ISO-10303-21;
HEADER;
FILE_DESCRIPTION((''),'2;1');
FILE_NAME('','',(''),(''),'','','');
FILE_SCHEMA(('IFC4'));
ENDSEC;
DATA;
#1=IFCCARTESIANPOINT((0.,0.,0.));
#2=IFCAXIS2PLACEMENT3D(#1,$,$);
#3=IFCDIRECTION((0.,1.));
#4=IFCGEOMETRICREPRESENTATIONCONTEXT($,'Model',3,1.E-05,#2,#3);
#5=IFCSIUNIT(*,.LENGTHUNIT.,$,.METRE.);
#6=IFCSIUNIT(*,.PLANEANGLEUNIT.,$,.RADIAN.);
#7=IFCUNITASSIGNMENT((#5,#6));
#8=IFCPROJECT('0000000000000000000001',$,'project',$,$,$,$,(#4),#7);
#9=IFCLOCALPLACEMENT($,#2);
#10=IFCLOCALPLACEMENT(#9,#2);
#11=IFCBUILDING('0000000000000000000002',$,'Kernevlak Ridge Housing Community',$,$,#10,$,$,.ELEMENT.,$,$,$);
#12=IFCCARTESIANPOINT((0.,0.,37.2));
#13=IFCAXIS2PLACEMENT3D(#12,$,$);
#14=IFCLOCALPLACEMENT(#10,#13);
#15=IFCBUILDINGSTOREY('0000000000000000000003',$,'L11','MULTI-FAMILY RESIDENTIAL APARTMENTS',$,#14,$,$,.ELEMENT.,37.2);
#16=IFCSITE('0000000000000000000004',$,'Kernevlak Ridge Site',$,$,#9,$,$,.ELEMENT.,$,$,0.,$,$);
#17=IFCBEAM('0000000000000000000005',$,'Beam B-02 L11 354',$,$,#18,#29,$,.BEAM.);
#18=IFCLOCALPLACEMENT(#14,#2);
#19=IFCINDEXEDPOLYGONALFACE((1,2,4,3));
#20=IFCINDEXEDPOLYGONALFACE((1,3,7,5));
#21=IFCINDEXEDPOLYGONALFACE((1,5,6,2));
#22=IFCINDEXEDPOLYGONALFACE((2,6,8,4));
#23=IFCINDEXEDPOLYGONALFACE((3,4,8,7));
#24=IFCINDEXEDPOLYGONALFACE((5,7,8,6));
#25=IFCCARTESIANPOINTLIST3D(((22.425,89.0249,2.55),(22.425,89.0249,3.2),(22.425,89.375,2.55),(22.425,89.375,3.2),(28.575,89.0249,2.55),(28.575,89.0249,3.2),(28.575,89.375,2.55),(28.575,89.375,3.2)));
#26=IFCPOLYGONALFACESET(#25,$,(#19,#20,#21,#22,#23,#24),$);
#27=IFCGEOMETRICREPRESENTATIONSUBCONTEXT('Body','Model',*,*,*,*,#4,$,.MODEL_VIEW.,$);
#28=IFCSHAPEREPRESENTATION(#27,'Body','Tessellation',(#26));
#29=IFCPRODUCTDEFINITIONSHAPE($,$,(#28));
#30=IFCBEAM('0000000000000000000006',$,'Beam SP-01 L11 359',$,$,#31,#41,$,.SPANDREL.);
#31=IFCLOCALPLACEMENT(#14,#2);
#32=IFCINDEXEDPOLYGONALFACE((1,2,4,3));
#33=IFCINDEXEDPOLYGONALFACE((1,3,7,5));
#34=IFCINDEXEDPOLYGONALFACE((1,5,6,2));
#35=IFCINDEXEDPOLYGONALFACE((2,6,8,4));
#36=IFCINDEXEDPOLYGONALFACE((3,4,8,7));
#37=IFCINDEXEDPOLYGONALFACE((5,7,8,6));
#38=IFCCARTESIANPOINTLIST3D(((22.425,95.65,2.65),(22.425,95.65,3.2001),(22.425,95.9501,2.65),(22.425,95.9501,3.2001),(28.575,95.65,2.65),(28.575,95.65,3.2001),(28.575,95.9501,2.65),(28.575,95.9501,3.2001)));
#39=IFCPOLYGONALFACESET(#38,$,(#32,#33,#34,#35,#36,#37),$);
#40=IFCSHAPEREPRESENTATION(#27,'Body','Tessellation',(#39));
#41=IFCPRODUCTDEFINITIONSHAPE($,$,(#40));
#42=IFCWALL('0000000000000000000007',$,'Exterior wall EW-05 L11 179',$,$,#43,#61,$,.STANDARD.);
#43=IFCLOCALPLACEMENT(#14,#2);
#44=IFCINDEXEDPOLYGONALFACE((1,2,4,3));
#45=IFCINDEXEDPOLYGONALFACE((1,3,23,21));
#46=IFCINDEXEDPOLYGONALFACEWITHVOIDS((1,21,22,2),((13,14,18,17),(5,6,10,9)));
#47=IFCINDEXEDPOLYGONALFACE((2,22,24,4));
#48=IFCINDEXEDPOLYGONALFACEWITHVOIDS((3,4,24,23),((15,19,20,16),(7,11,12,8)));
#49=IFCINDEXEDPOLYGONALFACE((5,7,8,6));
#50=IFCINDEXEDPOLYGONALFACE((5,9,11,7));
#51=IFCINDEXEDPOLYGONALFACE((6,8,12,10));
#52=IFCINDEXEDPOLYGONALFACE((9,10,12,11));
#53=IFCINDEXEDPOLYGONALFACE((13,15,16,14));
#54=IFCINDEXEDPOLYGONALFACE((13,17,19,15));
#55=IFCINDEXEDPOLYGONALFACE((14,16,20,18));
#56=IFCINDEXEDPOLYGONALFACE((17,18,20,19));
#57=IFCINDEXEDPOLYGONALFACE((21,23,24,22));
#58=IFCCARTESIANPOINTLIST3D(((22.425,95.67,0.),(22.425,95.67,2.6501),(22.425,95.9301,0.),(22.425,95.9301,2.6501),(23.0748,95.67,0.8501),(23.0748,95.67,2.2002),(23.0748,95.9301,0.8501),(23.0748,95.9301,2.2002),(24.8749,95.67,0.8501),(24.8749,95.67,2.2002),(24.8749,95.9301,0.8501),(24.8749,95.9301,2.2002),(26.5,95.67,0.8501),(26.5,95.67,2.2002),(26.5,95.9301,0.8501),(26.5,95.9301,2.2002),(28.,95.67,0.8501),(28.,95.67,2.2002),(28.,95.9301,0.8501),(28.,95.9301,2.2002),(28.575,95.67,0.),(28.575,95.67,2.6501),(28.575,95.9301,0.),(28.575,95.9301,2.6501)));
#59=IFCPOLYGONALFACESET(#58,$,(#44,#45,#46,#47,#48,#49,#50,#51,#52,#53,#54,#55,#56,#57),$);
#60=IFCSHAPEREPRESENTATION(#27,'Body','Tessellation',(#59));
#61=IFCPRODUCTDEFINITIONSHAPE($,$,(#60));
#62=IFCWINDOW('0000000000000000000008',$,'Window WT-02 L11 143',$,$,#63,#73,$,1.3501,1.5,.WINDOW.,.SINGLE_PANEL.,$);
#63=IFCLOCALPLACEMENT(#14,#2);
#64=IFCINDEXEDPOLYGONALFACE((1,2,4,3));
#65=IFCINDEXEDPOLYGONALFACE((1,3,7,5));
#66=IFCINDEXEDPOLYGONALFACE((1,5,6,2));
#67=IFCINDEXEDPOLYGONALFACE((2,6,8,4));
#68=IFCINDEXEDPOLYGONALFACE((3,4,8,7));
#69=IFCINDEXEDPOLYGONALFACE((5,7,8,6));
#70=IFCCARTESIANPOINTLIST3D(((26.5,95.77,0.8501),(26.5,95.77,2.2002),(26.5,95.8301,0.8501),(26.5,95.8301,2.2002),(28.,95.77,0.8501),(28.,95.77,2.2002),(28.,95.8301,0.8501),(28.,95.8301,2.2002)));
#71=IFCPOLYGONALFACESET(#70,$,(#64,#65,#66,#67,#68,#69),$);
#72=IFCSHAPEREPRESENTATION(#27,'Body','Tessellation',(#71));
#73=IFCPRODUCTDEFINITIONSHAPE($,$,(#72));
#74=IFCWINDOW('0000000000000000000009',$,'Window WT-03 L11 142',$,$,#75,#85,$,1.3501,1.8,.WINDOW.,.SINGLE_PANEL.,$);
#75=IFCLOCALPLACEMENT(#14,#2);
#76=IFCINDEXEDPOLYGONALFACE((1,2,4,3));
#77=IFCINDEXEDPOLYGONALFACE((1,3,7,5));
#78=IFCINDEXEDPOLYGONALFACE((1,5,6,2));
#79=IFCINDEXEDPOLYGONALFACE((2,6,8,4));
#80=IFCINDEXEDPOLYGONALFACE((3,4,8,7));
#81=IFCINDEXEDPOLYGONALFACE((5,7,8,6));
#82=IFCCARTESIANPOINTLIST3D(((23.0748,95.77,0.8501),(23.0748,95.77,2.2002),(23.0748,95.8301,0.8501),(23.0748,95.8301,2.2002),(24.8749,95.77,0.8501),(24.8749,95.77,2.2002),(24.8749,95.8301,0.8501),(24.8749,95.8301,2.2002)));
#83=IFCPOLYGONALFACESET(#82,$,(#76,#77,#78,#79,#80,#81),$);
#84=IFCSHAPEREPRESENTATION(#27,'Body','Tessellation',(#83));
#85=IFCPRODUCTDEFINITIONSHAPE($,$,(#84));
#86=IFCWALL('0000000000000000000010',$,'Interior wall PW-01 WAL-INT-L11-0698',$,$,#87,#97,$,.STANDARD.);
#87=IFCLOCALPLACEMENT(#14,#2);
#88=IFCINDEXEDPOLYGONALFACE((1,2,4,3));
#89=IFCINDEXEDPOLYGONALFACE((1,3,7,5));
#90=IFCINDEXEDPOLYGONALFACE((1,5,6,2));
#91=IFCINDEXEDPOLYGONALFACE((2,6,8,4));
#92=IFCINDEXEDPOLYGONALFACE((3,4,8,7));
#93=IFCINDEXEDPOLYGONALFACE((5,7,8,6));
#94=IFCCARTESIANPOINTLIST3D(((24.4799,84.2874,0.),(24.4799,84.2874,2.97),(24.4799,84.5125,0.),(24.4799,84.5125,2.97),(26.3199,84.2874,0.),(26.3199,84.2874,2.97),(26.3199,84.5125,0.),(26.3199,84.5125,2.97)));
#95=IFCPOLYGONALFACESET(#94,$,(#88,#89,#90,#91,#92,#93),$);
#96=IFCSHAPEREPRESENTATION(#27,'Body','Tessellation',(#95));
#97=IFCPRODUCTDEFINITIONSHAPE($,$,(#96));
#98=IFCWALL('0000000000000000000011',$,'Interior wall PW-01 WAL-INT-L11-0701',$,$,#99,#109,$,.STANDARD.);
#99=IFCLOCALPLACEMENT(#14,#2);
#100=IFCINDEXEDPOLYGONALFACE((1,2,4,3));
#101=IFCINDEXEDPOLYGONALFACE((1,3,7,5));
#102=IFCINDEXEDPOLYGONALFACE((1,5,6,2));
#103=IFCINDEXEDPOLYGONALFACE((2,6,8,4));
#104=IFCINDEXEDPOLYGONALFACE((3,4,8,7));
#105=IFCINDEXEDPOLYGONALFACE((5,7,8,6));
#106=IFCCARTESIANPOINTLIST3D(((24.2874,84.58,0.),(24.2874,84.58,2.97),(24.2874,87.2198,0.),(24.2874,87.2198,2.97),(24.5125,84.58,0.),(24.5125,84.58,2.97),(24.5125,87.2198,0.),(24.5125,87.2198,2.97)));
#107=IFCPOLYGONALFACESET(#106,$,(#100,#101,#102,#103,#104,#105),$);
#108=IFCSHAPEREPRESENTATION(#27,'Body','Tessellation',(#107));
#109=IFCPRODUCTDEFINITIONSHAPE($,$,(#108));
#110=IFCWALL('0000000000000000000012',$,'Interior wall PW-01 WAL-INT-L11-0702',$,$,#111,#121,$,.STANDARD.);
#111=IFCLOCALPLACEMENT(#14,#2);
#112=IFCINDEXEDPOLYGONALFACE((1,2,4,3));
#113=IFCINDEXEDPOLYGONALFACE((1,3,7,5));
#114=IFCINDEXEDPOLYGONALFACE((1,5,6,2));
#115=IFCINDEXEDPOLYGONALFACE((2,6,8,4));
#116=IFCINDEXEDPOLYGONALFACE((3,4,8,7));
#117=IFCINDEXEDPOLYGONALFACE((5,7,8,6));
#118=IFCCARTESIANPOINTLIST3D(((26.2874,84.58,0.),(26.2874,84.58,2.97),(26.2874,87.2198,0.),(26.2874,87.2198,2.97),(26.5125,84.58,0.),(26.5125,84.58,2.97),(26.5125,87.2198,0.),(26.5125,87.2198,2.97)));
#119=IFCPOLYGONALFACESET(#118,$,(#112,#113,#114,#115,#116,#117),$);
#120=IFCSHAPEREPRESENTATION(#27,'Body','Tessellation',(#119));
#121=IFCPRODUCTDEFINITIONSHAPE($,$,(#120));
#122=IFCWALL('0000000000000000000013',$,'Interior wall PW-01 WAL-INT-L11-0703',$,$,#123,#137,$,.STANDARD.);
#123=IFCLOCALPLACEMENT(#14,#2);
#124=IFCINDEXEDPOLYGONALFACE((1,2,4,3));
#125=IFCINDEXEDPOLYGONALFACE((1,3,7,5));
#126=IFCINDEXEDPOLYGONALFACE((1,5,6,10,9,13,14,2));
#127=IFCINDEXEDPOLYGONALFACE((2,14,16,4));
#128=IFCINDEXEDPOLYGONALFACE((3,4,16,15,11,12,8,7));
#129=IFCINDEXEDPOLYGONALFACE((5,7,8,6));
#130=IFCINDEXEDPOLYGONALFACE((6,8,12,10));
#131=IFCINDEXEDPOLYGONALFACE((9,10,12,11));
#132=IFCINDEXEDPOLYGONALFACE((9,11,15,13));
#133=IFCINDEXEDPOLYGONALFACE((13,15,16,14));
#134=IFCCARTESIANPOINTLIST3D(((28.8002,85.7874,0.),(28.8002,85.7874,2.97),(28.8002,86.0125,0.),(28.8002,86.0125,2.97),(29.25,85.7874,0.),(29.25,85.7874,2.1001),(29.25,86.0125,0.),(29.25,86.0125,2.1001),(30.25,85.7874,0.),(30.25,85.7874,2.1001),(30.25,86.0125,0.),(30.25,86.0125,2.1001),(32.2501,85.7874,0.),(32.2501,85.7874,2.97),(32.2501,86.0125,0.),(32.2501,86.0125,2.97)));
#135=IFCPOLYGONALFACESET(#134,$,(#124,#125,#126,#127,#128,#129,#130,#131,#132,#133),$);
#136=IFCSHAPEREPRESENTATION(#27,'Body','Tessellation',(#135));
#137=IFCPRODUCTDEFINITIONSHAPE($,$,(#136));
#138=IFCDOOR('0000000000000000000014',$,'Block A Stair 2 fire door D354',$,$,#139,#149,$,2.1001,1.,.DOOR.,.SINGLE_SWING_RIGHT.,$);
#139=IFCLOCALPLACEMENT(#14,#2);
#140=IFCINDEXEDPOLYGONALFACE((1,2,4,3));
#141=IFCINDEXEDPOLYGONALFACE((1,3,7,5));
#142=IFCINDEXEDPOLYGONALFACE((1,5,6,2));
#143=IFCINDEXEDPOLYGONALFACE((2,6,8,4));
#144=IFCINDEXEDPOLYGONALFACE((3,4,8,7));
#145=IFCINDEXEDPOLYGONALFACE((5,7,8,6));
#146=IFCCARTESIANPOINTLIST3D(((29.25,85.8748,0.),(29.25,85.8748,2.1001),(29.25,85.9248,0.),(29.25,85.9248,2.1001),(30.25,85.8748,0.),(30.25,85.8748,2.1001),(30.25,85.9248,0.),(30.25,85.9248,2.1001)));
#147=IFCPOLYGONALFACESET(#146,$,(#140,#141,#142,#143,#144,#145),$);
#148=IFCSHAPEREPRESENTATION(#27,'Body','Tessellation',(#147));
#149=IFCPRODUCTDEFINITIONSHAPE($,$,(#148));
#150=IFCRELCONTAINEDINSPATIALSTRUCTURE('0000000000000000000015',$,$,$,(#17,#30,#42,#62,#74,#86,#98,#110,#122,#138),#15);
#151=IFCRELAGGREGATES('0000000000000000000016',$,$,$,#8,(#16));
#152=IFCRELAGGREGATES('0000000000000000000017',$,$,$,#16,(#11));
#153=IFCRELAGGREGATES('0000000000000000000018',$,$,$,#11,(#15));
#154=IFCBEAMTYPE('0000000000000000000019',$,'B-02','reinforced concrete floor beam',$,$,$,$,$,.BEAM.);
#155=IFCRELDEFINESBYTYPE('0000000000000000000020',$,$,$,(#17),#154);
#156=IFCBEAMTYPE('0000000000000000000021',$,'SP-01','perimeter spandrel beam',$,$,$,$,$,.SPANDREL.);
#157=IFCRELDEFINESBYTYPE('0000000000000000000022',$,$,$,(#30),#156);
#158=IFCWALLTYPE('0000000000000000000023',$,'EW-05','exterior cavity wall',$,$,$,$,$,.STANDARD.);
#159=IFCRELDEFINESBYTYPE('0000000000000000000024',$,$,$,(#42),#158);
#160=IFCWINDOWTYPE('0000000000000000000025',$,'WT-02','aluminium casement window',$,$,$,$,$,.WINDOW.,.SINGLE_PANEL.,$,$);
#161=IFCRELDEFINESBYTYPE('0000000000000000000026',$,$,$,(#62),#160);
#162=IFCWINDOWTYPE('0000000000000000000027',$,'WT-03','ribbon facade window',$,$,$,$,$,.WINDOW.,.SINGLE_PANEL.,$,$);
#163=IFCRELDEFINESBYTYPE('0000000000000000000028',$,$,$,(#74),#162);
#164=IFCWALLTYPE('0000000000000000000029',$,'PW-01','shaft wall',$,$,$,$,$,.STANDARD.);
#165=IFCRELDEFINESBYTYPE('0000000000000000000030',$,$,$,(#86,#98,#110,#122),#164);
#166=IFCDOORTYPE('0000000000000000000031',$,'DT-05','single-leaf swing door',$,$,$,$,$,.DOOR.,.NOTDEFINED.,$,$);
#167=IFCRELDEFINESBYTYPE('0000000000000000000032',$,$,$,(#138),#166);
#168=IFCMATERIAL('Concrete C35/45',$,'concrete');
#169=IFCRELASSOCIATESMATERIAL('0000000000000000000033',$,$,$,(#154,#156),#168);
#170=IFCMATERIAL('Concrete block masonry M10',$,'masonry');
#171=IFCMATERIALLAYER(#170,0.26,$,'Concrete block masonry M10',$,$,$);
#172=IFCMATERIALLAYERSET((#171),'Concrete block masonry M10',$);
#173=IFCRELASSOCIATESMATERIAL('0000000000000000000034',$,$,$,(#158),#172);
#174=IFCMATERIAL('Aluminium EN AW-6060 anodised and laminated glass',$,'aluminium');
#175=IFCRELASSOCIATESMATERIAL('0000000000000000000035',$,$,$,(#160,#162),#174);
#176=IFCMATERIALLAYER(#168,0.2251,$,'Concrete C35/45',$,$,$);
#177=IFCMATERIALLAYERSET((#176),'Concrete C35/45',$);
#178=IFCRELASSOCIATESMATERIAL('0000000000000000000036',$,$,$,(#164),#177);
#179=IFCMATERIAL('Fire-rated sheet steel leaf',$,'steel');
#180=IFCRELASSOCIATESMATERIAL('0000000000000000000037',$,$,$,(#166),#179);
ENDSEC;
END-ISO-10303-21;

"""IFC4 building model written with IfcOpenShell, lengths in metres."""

from ifc_helpers import new_model, si_unit, direction, frame, frame_2d, origin, origin_2d, place, context, subcontext, project, spatial, rectangle, extrude, material, layer, layer_set, material_profile, profile_set, type_object, element, fill, save


model = new_model("IFC4")

# Units and contexts
model_context = context("Model", 3, precision=1e-05, world=origin(), true_north=direction((0.0, 1.0)))
body_context = subcontext(model_context, "Body", "Model", "MODEL_VIEW")
ifc_project = project(units=[si_unit("LENGTHUNIT", "METRE"), si_unit("PLANEANGLEUNIT", "RADIAN")], contexts=[model_context])

# Site, building, storey
site_placement = place(None, origin())
site = spatial("IfcSite", under=ifc_project, at=site_placement, Name="Kernevlak Ridge Site", CompositionType="ELEMENT", RefElevation=0.0)
building_placement = place(site_placement, origin())
building = spatial("IfcBuilding", under=site, at=building_placement, Name="Kernevlak Ridge Housing Community", CompositionType="ELEMENT")
storey_placement = place(building_placement, frame((0.0, 0.0, 37.2)))
storey = spatial("IfcBuildingStorey", under=building, at=storey_placement, Name="L11", Description="MULTI-FAMILY RESIDENTIAL APARTMENTS", CompositionType="ELEMENT", Elevation=37.2)

# Beams
ifc_material_1 = material(Name="Concrete C35/45", Category="concrete")
ifc_material_profile_1 = material_profile(ifc_material_1, rectangle(XDim=0.3501, YDim=0.6499, at=origin_2d()), Name="RC 350x650")
ifc_profile_set_1 = profile_set([ifc_material_profile_1], Name="Concrete C35/45")
beam_type_1 = type_object("IfcBeamType", Name="B-02", Description="reinforced concrete floor beam", PredefinedType="BEAM", material=ifc_profile_set_1)
beam_1_placement = place(storey_placement, frame((22.425, 89.2, 2.875), z_axis=(1.0, 0.0, 0.0), x_axis=(0.0, 1.0, 0.0)))
element("IfcBeam", 1, at=beam_1_placement, inside=storey, type_object=beam_type_1, Name="Beam B-02 L11 354", PredefinedType="BEAM", context=body_context, shape_type="SweptSolid", body=[
    extrude(rectangle(XDim=0.3501, YDim=0.6499, at=origin_2d()), origin(), (0.0, 0.0, 1.0), 6.1499),
])
ifc_material_profile_2 = material_profile(ifc_material_1, rectangle(XDim=0.3, YDim=0.55, at=origin_2d()), Name="RC 300x550")
ifc_profile_set_2 = profile_set([ifc_material_profile_2], Name="Concrete C35/45")
beam_type_2 = type_object("IfcBeamType", Name="SP-01", Description="perimeter spandrel beam", PredefinedType="SPANDREL", material=ifc_profile_set_2)
beam_2_placement = place(storey_placement, frame((22.425, 95.8, 2.925), z_axis=(1.0, 0.0, 0.0), x_axis=(0.0, 1.0, 0.0)))
element("IfcBeam", 2, at=beam_2_placement, inside=storey, type_object=beam_type_2, Name="Beam SP-01 L11 359", PredefinedType="SPANDREL", context=body_context, shape_type="SweptSolid", body=[
    extrude(rectangle(XDim=0.3, YDim=0.55, at=origin_2d()), origin(), (0.0, 0.0, 1.0), 6.1499),
])

# Wall, openings, windows
ifc_material_2 = material(Name="Concrete block masonry M10", Category="masonry")
ifc_layer_1 = layer(ifc_material_2, 0.26, Name="Concrete block masonry M10")
ifc_layer_set_1 = layer_set([ifc_layer_1], Name="Concrete block masonry M10")
wall_type_1 = type_object("IfcWallType", Name="EW-05", Description="exterior cavity wall", PredefinedType="STANDARD", material=ifc_layer_set_1)
wall_1_placement = place(storey_placement, frame((22.425, 95.8, 0.0), z_axis=(0.0, 0.0, 1.0), x_axis=(1.0, 0.0, 0.0)))
wall_1 = element("IfcWall", 3, at=wall_1_placement, inside=storey, type_object=wall_type_1, Name="Exterior wall EW-05 L11 179", PredefinedType="STANDARD", context=body_context, shape_type="SweptSolid", body=[
    extrude(rectangle(XDim=6.1499, YDim=0.26, at=frame_2d((3.075, 0.0))), origin(), (0.0, 0.0, 1.0), 2.6501),
])
opening_1_placement = place(wall_1_placement, frame((0.6499, 0.0, 0.8501)))
opening_1 = element("IfcOpeningElement", 4, at=opening_1_placement, cuts=wall_1, PredefinedType="OPENING", context=body_context, shape_type="SweptSolid", body=[
    extrude(rectangle(XDim=1.8, YDim=1.3501, at=frame_2d((0.8999, 0.675))), frame((0.0, 0.1399, 0.0), z_axis=(0.0, -1.0, 0.0), x_axis=(1.0, 0.0, 0.0)), (0.0, 0.0, 1.0), 0.28),
])
opening_2_placement = place(wall_1_placement, frame((4.075, 0.0, 0.8501)))
opening_2 = element("IfcOpeningElement", 5, at=opening_2_placement, cuts=wall_1, PredefinedType="OPENING", context=body_context, shape_type="SweptSolid", body=[
    extrude(rectangle(XDim=1.5, YDim=1.3501, at=frame_2d((0.75, 0.675))), frame((0.0, 0.1399, 0.0), z_axis=(0.0, -1.0, 0.0), x_axis=(1.0, 0.0, 0.0)), (0.0, 0.0, 1.0), 0.28),
])
ifc_material_3 = material(Name="Aluminium EN AW-6060 anodised and laminated glass", Category="aluminium")
window_type_1 = type_object("IfcWindowType", Name="WT-02", Description="aluminium casement window", PartitioningType="SINGLE_PANEL", PredefinedType="WINDOW", material=ifc_material_3)
window_1_placement = place(opening_2_placement, origin())
window_1 = element("IfcWindow", 6, at=window_1_placement, inside=storey, type_object=window_type_1, Name="Window WT-02 L11 143", OverallHeight=1.3501, OverallWidth=1.5, PartitioningType="SINGLE_PANEL", PredefinedType="WINDOW", context=body_context, shape_type="SweptSolid", body=[
    extrude(rectangle(XDim=1.5, YDim=1.3501, at=frame_2d((0.75, 0.675))), frame((0.0, 0.03, 0.0), z_axis=(0.0, -1.0, 0.0), x_axis=(1.0, 0.0, 0.0)), (0.0, 0.0, 1.0), 0.0601),
])
fill(opening_2, window_1)
window_type_2 = type_object("IfcWindowType", Name="WT-03", Description="ribbon facade window", PartitioningType="SINGLE_PANEL", PredefinedType="WINDOW", material=ifc_material_3)
window_2_placement = place(opening_1_placement, origin())
window_2 = element("IfcWindow", 7, at=window_2_placement, inside=storey, type_object=window_type_2, Name="Window WT-03 L11 142", OverallHeight=1.3501, OverallWidth=1.8, PartitioningType="SINGLE_PANEL", PredefinedType="WINDOW", context=body_context, shape_type="SweptSolid", body=[
    extrude(rectangle(XDim=1.8, YDim=1.3501, at=frame_2d((0.8999, 0.675))), frame((0.0, 0.03, 0.0), z_axis=(0.0, -1.0, 0.0), x_axis=(1.0, 0.0, 0.0)), (0.0, 0.0, 1.0), 0.0601),
])
fill(opening_1, window_2)

# Walls
ifc_layer_2 = layer(ifc_material_1, 0.2251, Name="Concrete C35/45")
ifc_layer_set_2 = layer_set([ifc_layer_2], Name="Concrete C35/45")
wall_type_2 = type_object("IfcWallType", Name="PW-01", Description="shaft wall", PredefinedType="STANDARD", material=ifc_layer_set_2)
wall_2_placement = place(storey_placement, frame((24.48, 84.3999, 0.0), z_axis=(0.0, 0.0, 1.0), x_axis=(1.0, 0.0, 0.0)))
element("IfcWall", 8, at=wall_2_placement, inside=storey, type_object=wall_type_2, Name="Interior wall PW-01 WAL-INT-L11-0698", PredefinedType="STANDARD", context=body_context, shape_type="SweptSolid", body=[
    extrude(rectangle(XDim=1.8401, YDim=0.2251, at=frame_2d((0.9199, 0.0))), origin(), (0.0, 0.0, 1.0), 2.97),
])
for number, where, z_axis, x_axis, name in (
    (9, (24.3999, 84.5801, 0.0), (0.0, 0.0, 1.0), (0.0, 1.0, 0.0), "Interior wall PW-01 WAL-INT-L11-0701"),
    (10, (26.3999, 84.5801, 0.0), (0.0, 0.0, 1.0), (0.0, 1.0, 0.0), "Interior wall PW-01 WAL-INT-L11-0702"),
):
    element("IfcWall", number, at=place(storey_placement, frame(where, z_axis=z_axis, x_axis=x_axis)), inside=storey, type_object=wall_type_2, Name=name, PredefinedType="STANDARD", context=body_context, shape_type="SweptSolid", body=[
        extrude(rectangle(XDim=2.6399, YDim=0.2251, at=frame_2d((1.3198, 0.0))), origin(), (0.0, 0.0, 1.0), 2.97),
    ])

# Wall, opening, door
wall_3_placement = place(storey_placement, frame((28.8, 85.8999, 0.0), z_axis=(0.0, 0.0, 1.0), x_axis=(1.0, 0.0, 0.0)))
wall_3 = element("IfcWall", 11, at=wall_3_placement, inside=storey, type_object=wall_type_2, Name="Interior wall PW-01 WAL-INT-L11-0703", PredefinedType="STANDARD", context=body_context, shape_type="SweptSolid", body=[
    extrude(rectangle(XDim=3.45, YDim=0.2251, at=frame_2d((1.7251, 0.0))), origin(), (0.0, 0.0, 1.0), 2.97),
])
opening_3_placement = place(wall_3_placement, frame((0.45, 0.0, 0.0)))
opening_3 = element("IfcOpeningElement", 12, at=opening_3_placement, cuts=wall_3, PredefinedType="OPENING", context=body_context, shape_type="SweptSolid", body=[
    extrude(rectangle(XDim=1.0, YDim=2.1001, at=frame_2d((0.5, 1.05))), frame((0.0, 0.1226, 0.0), z_axis=(0.0, -1.0, 0.0), x_axis=(1.0, 0.0, 0.0)), (0.0, 0.0, 1.0), 0.2451),
])
ifc_material_4 = material(Name="Fire-rated sheet steel leaf", Category="steel")
door_type_1 = type_object("IfcDoorType", Name="DT-05", Description="single-leaf swing door", OperationType="NOTDEFINED", PredefinedType="DOOR", material=ifc_material_4)
door_1_placement = place(opening_3_placement, origin())
door_1 = element("IfcDoor", 13, at=door_1_placement, inside=storey, type_object=door_type_1, Name="Block A Stair 2 fire door D354", OperationType="SINGLE_SWING_RIGHT", OverallHeight=2.1001, OverallWidth=1.0, PredefinedType="DOOR", context=body_context, shape_type="SweptSolid", body=[
    extrude(rectangle(XDim=1.0, YDim=2.1001, at=frame_2d((0.5, 1.05))), frame((0.0, 0.0249, 0.0), z_axis=(0.0, -1.0, 0.0), x_axis=(1.0, 0.0, 0.0)), (0.0, 0.0, 1.0), 0.05),
])
fill(opening_3, door_1)

save(model, "model.ifc")
